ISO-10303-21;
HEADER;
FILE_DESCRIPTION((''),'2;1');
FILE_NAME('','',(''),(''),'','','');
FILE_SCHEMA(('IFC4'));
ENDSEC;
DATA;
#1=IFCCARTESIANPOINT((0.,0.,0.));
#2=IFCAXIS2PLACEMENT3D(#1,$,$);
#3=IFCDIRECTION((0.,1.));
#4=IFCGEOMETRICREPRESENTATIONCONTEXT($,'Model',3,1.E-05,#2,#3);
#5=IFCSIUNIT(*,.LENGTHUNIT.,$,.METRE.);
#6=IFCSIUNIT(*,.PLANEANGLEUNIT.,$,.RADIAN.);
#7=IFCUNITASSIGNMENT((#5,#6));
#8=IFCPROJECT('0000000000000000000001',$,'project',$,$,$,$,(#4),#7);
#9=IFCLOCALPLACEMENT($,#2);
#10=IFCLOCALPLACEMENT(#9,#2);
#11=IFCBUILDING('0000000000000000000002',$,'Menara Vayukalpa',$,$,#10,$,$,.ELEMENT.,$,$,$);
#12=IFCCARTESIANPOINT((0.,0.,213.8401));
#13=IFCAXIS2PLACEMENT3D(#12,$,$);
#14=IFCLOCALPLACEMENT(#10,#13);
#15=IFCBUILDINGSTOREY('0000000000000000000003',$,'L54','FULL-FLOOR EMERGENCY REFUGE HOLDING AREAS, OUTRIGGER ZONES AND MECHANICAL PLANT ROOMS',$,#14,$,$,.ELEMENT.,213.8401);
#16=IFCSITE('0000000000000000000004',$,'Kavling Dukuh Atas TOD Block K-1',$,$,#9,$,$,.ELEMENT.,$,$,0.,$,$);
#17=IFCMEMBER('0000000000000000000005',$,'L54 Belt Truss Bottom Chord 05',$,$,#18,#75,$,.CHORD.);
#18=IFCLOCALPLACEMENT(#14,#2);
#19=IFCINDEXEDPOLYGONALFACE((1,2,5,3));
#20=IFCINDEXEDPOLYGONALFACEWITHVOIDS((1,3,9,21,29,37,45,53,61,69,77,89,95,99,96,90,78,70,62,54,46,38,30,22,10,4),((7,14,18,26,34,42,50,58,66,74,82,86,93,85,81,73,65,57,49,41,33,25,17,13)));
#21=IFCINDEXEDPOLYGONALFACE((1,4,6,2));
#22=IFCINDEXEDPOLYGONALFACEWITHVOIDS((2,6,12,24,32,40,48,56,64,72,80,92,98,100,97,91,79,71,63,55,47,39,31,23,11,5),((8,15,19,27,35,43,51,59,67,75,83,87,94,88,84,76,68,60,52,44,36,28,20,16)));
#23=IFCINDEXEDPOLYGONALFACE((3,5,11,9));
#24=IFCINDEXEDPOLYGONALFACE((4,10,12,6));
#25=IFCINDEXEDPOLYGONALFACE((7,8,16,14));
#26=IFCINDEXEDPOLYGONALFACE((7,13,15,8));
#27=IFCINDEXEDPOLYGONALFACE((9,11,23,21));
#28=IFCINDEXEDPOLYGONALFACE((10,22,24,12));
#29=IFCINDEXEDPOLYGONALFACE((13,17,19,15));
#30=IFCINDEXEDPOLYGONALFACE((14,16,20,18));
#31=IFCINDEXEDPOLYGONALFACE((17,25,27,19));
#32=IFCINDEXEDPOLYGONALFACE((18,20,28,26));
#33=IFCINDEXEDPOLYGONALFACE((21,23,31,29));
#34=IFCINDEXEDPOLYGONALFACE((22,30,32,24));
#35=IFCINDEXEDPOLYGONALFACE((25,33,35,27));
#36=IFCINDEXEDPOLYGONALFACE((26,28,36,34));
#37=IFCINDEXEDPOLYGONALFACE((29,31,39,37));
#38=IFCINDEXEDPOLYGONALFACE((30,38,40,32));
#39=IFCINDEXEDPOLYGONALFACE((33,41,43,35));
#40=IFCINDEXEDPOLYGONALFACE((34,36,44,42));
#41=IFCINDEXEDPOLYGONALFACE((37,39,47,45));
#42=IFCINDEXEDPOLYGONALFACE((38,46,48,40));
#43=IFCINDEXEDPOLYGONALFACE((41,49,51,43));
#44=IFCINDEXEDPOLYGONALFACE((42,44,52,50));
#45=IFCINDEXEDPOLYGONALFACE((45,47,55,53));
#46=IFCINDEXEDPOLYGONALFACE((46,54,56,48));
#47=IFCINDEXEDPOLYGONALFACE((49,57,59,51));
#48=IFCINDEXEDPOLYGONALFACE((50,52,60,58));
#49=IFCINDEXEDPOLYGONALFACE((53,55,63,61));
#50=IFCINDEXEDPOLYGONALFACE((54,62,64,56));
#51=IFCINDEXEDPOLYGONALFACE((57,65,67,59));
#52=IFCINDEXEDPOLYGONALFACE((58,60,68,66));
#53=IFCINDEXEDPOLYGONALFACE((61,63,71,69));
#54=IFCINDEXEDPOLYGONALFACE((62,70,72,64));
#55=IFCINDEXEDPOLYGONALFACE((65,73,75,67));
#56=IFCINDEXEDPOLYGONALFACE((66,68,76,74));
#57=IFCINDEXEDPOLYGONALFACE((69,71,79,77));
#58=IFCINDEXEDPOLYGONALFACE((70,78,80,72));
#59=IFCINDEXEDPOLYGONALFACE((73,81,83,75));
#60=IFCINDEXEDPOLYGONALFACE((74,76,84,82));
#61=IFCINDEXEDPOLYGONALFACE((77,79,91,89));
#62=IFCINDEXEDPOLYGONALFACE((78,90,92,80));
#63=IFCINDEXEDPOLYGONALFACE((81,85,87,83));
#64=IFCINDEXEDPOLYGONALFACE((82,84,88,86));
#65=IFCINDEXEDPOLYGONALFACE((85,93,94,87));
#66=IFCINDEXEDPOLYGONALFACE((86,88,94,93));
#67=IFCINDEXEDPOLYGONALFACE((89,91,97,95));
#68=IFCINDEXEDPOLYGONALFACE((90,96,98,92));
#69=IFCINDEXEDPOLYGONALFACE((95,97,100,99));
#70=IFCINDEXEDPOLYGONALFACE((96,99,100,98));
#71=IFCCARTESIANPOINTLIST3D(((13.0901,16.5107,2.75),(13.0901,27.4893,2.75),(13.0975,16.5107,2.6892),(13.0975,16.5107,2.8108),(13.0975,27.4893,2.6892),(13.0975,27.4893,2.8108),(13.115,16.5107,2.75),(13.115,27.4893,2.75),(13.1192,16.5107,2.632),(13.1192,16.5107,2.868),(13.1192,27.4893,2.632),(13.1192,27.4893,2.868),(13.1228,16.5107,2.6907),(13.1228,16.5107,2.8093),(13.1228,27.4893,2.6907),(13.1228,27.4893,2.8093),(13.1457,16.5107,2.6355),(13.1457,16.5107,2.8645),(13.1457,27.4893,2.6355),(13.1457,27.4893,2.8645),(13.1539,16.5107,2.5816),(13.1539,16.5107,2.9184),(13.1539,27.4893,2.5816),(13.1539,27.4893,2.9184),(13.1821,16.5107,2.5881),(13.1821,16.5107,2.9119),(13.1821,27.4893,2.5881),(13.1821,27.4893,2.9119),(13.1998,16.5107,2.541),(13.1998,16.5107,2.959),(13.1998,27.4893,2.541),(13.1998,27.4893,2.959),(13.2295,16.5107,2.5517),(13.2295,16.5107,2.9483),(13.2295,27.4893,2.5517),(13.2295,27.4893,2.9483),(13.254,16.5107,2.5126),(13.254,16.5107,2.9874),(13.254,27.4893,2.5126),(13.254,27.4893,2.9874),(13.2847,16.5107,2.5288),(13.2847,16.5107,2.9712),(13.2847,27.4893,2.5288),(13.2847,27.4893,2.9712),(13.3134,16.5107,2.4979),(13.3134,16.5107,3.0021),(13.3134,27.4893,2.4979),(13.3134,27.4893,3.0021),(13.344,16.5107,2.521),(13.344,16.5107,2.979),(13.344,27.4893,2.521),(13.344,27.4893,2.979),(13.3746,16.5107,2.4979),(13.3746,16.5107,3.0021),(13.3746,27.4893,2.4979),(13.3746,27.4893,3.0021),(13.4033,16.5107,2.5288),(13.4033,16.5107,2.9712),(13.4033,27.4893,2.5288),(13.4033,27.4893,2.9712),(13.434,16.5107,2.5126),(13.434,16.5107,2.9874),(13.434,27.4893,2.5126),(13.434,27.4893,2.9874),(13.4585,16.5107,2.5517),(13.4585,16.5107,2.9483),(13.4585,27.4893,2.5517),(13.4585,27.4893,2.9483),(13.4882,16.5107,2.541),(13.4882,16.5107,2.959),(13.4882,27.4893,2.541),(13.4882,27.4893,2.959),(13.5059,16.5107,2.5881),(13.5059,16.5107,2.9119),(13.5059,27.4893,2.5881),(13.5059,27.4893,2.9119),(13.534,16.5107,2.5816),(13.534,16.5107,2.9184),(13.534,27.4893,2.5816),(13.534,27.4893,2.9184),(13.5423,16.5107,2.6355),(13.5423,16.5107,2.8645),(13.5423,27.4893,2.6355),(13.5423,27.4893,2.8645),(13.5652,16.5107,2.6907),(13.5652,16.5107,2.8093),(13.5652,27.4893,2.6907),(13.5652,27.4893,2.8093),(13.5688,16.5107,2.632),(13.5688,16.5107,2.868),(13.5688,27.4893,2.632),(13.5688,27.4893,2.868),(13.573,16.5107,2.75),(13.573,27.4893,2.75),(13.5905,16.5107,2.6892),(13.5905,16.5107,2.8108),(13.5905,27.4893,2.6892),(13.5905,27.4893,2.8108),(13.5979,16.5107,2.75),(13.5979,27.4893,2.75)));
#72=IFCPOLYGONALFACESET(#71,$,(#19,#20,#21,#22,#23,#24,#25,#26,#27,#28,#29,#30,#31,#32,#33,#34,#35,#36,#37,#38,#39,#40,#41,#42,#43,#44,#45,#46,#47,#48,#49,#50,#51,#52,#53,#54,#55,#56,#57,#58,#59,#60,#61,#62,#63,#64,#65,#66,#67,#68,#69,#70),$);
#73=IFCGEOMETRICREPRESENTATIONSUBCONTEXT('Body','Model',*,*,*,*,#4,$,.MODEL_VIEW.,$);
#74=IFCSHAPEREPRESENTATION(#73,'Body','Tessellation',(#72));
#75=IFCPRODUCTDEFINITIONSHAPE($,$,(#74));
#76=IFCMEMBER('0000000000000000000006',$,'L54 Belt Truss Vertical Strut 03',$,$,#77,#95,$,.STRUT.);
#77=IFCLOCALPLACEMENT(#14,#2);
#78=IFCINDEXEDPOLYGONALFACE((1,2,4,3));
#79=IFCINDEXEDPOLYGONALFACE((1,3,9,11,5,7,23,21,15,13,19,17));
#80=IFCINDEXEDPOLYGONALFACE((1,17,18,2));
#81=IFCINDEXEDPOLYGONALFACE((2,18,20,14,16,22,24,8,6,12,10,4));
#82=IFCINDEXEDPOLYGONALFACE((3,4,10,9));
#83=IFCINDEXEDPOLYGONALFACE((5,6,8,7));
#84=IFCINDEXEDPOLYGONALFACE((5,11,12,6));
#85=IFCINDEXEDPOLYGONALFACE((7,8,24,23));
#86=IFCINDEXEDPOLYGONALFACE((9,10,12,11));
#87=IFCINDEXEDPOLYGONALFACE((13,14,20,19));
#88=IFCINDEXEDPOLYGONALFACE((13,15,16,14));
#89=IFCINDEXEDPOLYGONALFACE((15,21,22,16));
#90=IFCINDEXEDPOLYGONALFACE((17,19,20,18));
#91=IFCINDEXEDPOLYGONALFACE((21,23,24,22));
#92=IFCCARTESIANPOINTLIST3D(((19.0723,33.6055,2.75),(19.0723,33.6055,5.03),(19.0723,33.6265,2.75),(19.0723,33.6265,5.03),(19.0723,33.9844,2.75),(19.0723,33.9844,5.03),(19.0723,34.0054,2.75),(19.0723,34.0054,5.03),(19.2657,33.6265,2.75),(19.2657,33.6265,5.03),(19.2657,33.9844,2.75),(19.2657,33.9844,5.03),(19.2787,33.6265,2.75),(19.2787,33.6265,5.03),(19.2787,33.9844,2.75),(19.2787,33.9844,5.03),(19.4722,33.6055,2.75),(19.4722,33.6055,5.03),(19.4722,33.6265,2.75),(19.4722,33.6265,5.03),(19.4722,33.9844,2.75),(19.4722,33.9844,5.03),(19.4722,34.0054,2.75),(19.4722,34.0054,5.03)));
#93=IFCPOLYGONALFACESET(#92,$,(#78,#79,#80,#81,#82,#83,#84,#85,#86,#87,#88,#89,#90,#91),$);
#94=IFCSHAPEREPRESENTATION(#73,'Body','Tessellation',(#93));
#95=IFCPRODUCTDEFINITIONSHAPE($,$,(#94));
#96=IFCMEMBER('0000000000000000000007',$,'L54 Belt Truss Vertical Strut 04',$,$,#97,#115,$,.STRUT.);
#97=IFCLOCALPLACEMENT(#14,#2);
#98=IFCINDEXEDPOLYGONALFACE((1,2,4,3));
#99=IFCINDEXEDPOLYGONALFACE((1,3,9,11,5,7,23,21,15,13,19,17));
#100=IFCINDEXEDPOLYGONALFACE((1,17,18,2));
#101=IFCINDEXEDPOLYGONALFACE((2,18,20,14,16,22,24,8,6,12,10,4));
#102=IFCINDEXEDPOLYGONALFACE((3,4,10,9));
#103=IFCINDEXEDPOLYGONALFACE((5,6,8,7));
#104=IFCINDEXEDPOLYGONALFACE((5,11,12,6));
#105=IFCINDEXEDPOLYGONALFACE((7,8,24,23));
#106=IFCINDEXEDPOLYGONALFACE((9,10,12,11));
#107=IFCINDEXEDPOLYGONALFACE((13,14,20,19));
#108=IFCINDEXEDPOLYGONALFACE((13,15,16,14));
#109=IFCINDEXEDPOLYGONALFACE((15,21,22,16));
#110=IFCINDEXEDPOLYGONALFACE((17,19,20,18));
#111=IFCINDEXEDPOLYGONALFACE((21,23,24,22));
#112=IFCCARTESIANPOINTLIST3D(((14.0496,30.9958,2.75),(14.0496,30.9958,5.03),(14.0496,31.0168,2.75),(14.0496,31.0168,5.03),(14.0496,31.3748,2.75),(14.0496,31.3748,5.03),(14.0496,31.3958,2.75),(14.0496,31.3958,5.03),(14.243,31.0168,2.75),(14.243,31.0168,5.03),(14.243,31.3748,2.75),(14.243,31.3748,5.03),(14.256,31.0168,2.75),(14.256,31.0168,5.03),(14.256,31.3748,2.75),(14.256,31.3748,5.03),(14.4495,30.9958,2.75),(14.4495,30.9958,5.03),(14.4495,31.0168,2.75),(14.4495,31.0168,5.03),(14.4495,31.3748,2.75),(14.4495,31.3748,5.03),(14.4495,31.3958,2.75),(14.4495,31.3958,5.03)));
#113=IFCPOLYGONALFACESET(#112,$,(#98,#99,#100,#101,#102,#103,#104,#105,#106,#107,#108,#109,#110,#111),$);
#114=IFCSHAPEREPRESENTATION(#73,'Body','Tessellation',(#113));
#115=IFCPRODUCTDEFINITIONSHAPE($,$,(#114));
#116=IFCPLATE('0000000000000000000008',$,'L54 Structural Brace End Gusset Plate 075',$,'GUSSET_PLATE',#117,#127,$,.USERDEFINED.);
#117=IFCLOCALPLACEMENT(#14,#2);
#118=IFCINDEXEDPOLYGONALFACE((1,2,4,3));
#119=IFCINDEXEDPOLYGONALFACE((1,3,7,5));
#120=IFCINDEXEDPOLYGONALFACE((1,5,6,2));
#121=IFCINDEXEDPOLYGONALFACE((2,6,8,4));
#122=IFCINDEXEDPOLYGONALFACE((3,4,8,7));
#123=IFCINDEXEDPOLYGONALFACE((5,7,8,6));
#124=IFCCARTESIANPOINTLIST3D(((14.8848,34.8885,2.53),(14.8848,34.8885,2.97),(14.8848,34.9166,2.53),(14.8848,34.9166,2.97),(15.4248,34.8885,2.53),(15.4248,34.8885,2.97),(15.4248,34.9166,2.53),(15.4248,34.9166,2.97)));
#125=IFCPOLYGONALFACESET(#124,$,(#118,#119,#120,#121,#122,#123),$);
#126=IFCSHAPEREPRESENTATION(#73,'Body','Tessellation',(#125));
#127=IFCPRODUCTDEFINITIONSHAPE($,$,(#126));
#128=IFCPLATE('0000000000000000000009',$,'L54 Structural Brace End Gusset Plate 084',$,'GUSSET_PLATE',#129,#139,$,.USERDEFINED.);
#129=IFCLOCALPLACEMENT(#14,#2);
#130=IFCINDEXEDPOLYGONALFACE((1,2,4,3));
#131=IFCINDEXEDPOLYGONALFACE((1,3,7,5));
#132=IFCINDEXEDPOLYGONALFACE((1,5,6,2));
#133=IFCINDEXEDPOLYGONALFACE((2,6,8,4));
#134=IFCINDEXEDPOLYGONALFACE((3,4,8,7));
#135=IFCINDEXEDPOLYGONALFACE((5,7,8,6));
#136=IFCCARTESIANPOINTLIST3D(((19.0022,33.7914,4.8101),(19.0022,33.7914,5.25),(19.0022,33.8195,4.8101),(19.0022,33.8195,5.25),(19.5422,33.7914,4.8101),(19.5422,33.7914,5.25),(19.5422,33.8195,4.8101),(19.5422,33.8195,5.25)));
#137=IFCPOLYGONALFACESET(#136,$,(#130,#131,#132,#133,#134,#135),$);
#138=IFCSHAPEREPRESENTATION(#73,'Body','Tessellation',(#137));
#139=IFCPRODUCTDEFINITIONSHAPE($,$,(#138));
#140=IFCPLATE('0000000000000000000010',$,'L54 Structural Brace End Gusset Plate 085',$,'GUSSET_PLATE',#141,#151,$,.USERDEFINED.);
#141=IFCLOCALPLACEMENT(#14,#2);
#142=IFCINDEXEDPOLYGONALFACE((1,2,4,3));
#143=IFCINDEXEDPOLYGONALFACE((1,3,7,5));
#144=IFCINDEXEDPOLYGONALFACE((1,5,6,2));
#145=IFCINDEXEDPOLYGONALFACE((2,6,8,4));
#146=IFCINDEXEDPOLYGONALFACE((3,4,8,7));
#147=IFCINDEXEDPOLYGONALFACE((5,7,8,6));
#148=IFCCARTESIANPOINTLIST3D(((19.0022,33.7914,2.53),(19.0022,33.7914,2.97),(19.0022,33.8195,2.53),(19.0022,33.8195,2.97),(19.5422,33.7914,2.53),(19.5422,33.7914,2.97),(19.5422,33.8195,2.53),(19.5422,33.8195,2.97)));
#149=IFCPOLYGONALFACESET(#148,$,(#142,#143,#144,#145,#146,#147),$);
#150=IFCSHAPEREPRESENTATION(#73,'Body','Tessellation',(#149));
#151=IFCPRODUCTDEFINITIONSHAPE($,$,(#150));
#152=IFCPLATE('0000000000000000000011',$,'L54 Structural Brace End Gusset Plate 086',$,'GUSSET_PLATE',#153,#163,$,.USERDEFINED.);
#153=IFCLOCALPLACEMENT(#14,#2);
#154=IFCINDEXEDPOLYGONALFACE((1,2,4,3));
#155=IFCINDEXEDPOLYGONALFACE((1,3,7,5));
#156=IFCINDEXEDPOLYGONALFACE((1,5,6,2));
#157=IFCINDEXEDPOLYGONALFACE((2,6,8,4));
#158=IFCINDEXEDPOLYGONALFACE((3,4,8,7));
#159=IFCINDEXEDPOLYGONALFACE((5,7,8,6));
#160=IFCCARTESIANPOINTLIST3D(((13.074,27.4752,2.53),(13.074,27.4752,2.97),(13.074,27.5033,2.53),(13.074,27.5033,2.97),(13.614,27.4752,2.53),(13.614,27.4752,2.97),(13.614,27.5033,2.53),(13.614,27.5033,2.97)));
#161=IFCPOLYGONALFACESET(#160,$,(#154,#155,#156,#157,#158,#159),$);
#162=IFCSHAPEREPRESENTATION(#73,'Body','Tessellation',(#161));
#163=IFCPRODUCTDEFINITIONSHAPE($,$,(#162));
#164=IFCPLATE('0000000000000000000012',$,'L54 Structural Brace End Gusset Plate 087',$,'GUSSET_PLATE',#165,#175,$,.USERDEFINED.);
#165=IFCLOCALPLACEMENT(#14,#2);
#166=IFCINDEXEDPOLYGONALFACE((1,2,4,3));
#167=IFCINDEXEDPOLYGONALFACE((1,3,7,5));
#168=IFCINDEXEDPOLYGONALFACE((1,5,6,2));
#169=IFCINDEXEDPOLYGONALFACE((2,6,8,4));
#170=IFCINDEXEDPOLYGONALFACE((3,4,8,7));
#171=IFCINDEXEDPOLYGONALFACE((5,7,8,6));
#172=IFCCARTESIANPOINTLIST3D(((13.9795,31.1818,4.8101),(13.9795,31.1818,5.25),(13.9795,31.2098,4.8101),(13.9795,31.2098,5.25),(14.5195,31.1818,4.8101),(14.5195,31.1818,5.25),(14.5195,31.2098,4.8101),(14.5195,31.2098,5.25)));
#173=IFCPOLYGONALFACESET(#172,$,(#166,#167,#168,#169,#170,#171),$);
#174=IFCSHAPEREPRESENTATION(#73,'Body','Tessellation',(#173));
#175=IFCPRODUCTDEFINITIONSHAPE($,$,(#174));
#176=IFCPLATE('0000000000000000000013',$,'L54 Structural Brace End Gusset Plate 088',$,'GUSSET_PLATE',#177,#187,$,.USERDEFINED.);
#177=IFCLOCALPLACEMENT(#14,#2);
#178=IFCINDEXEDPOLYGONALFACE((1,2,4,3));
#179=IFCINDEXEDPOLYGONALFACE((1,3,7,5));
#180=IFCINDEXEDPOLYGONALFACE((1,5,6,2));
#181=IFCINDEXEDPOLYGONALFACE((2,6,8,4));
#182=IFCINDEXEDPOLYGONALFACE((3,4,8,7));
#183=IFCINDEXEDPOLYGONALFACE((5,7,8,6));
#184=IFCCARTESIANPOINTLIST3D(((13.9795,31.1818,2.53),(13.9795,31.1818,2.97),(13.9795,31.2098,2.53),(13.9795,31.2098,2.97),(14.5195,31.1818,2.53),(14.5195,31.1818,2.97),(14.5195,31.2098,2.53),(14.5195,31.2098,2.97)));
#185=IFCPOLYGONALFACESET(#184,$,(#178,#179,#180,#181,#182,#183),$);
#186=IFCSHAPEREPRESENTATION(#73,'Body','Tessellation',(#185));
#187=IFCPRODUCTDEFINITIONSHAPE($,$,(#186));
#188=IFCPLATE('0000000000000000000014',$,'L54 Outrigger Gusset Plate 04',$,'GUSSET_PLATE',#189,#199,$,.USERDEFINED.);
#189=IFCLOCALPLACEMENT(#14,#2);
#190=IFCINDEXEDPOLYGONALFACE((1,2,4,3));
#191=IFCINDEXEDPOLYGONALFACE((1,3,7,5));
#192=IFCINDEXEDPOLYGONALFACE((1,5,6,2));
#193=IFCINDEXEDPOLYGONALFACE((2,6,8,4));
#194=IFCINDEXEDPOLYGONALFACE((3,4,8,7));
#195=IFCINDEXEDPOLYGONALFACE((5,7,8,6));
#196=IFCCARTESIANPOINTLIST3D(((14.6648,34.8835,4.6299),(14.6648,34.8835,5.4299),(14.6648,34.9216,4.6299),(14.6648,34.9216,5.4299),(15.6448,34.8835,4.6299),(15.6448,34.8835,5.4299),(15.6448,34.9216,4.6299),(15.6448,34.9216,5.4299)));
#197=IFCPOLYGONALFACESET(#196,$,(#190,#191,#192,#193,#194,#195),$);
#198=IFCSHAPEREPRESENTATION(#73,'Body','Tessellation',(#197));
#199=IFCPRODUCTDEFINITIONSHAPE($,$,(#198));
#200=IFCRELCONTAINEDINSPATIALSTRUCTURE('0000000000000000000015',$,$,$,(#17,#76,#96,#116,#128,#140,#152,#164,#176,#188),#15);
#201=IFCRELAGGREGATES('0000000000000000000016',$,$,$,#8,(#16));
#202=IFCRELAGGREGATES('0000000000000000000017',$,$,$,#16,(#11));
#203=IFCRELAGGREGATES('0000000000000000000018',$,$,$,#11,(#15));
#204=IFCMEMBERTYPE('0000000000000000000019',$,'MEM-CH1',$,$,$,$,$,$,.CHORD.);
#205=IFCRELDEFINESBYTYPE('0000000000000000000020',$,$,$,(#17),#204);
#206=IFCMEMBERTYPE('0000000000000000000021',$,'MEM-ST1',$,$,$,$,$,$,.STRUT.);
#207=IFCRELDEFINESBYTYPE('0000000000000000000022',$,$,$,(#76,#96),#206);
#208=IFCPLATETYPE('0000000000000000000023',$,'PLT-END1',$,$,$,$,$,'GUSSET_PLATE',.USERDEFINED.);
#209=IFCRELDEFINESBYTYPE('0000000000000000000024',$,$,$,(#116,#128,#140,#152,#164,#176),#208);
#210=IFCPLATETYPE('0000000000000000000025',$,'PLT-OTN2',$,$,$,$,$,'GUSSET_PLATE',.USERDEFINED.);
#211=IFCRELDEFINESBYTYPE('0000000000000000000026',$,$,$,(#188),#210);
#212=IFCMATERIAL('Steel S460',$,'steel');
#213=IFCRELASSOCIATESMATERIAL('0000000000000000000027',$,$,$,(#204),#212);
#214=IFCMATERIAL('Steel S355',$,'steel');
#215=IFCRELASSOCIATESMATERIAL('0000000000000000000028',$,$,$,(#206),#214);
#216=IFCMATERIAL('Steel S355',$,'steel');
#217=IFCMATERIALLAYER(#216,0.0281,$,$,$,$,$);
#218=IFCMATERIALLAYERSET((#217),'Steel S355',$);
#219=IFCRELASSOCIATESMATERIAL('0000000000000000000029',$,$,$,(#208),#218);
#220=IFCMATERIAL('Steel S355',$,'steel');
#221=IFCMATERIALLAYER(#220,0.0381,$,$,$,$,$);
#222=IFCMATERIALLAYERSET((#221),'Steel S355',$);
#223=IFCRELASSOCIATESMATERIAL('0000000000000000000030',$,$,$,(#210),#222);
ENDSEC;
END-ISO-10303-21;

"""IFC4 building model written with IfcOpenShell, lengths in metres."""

from ifc_helpers import new_model, si_unit, direction, frame, origin, origin_2d, place, context, subcontext, project, spatial, rectangle, hollow_circle, i_section, extrude, material, layer, layer_set, material_profile, profile_set, type_object, element, save


model = new_model("IFC4")

# Units and contexts
model_context = context("Model", 3, precision=1e-05, world=origin(), true_north=direction((0.0, 1.0)))
body_context = subcontext(model_context, "Body", "Model", "MODEL_VIEW")
ifc_project = project(units=[si_unit("LENGTHUNIT", "METRE"), si_unit("PLANEANGLEUNIT", "RADIAN")], contexts=[model_context])

# Site, building, storey
site_placement = place(None, origin())
site = spatial("IfcSite", under=ifc_project, at=site_placement, Name="Kavling Dukuh Atas TOD Block K-1", CompositionType="ELEMENT", RefElevation=0.0)
building_placement = place(site_placement, origin())
building = spatial("IfcBuilding", under=site, at=building_placement, Name="Menara Vayukalpa", CompositionType="ELEMENT")
storey_placement = place(building_placement, frame((0.0, 0.0, 213.8401)))
storey = spatial("IfcBuildingStorey", under=building, at=storey_placement, Name="L54", Description="FULL-FLOOR EMERGENCY REFUGE HOLDING AREAS, OUTRIGGER ZONES AND MECHANICAL PLANT ROOMS", CompositionType="ELEMENT", Elevation=213.8401)

# Members
ifc_material_1 = material(Name="Steel S460", Category="steel")
ifc_material_profile_1 = material_profile(ifc_material_1, hollow_circle(Radius=0.2539, WallThickness=0.0249, at=origin_2d()), Name="CHS 508.0x25")
ifc_profile_set_1 = profile_set([ifc_material_profile_1], Name="Steel S460")
member_type_1 = type_object("IfcMemberType", Name="MEM-CH1", PredefinedType="CHORD", material=ifc_profile_set_1)
member_1_placement = place(storey_placement, frame((13.344, 27.4893, 2.75), z_axis=(0.0, -1.0, 0.0), x_axis=(1.0, 0.0, 0.0)))
element("IfcMember", 1, at=member_1_placement, inside=storey, type_object=member_type_1, Name="L54 Belt Truss Bottom Chord 05", PredefinedType="CHORD", context=body_context, shape_type="SweptSolid", body=[
    extrude(hollow_circle(Radius=0.2539, WallThickness=0.0249, at=origin_2d()), origin(), (0.0, 0.0, 1.0), 10.9785),
])
ifc_material_2 = material(Name="Steel S355", Category="steel")
ifc_material_profile_2 = material_profile(ifc_material_2, i_section(OverallWidth=0.3999, OverallDepth=0.3999, WebThickness=0.0129, FlangeThickness=0.021, at=origin_2d()), Name="H 400x400x13x21")
ifc_profile_set_2 = profile_set([ifc_material_profile_2], Name="Steel S355")
member_type_2 = type_object("IfcMemberType", Name="MEM-ST1", PredefinedType="STRUT", material=ifc_profile_set_2)
for number, where, z_axis, x_axis, name in (
    (2, (19.2722, 33.8054, 2.75), (0.0, 0.0, 1.0), (1.0, 0.0, 0.0), "L54 Belt Truss Vertical Strut 03"),
    (3, (14.2495, 31.1958, 2.75), (0.0, 0.0, 1.0), (1.0, 0.0, 0.0), "L54 Belt Truss Vertical Strut 04"),
):
    element("IfcMember", number, at=place(storey_placement, frame(where, z_axis=z_axis, x_axis=x_axis)), inside=storey, type_object=member_type_2, Name=name, PredefinedType="STRUT", context=body_context, shape_type="SweptSolid", body=[
        extrude(i_section(OverallWidth=0.3999, OverallDepth=0.3999, WebThickness=0.0129, FlangeThickness=0.021, at=origin_2d()), origin(), (0.0, 0.0, 1.0), 2.28),
    ])

# Plates
ifc_material_3 = material(Name="Steel S355", Category="steel")
ifc_layer_1 = layer(ifc_material_3, 0.0281)
ifc_layer_set_1 = layer_set([ifc_layer_1], Name="Steel S355")
plate_type_1 = type_object("IfcPlateType", Name="PLT-END1", ElementType="GUSSET_PLATE", PredefinedType="USERDEFINED", material=ifc_layer_set_1)
for number, where, z_axis, x_axis, name in (
    (4, (15.1548, 34.9026, 2.53), (0.0, 0.0, 1.0), (1.0, 0.0, 0.0), "L54 Structural Brace End Gusset Plate 075"),
    (5, (19.2722, 33.8054, 4.8101), (0.0, 0.0, 1.0), (1.0, 0.0, 0.0), "L54 Structural Brace End Gusset Plate 084"),
    (6, (19.2722, 33.8054, 2.53), (0.0, 0.0, 1.0), (1.0, 0.0, 0.0), "L54 Structural Brace End Gusset Plate 085"),
    (7, (13.344, 27.4893, 2.53), (0.0, 0.0, 1.0), (1.0, 0.0, 0.0), "L54 Structural Brace End Gusset Plate 086"),
    (8, (14.2495, 31.1958, 4.8101), (0.0, 0.0, 1.0), (1.0, 0.0, 0.0), "L54 Structural Brace End Gusset Plate 087"),
    (9, (14.2495, 31.1958, 2.53), (0.0, 0.0, 1.0), (1.0, 0.0, 0.0), "L54 Structural Brace End Gusset Plate 088"),
):
    element("IfcPlate", number, at=place(storey_placement, frame(where, z_axis=z_axis, x_axis=x_axis)), inside=storey, type_object=plate_type_1, Name=name, ObjectType="GUSSET_PLATE", PredefinedType="USERDEFINED", context=body_context, shape_type="SweptSolid", body=[
        extrude(rectangle(XDim=0.54, YDim=0.0281, at=origin_2d()), origin(), (0.0, 0.0, 1.0), 0.4399),
    ])
ifc_material_4 = material(Name="Steel S355", Category="steel")
ifc_layer_2 = layer(ifc_material_4, 0.0381)
ifc_layer_set_2 = layer_set([ifc_layer_2], Name="Steel S355")
plate_type_2 = type_object("IfcPlateType", Name="PLT-OTN2", ElementType="GUSSET_PLATE", PredefinedType="USERDEFINED", material=ifc_layer_set_2)
plate_placement = place(storey_placement, frame((15.1548, 34.9026, 4.6299), z_axis=(0.0, 0.0, 1.0), x_axis=(1.0, 0.0, 0.0)))
element("IfcPlate", 10, at=plate_placement, inside=storey, type_object=plate_type_2, Name="L54 Outrigger Gusset Plate 04", ObjectType="GUSSET_PLATE", PredefinedType="USERDEFINED", context=body_context, shape_type="SweptSolid", body=[
    extrude(rectangle(XDim=0.98, YDim=0.0381, at=origin_2d()), origin(), (0.0, 0.0, 1.0), 0.8),
])

save(model, "model.ifc")
